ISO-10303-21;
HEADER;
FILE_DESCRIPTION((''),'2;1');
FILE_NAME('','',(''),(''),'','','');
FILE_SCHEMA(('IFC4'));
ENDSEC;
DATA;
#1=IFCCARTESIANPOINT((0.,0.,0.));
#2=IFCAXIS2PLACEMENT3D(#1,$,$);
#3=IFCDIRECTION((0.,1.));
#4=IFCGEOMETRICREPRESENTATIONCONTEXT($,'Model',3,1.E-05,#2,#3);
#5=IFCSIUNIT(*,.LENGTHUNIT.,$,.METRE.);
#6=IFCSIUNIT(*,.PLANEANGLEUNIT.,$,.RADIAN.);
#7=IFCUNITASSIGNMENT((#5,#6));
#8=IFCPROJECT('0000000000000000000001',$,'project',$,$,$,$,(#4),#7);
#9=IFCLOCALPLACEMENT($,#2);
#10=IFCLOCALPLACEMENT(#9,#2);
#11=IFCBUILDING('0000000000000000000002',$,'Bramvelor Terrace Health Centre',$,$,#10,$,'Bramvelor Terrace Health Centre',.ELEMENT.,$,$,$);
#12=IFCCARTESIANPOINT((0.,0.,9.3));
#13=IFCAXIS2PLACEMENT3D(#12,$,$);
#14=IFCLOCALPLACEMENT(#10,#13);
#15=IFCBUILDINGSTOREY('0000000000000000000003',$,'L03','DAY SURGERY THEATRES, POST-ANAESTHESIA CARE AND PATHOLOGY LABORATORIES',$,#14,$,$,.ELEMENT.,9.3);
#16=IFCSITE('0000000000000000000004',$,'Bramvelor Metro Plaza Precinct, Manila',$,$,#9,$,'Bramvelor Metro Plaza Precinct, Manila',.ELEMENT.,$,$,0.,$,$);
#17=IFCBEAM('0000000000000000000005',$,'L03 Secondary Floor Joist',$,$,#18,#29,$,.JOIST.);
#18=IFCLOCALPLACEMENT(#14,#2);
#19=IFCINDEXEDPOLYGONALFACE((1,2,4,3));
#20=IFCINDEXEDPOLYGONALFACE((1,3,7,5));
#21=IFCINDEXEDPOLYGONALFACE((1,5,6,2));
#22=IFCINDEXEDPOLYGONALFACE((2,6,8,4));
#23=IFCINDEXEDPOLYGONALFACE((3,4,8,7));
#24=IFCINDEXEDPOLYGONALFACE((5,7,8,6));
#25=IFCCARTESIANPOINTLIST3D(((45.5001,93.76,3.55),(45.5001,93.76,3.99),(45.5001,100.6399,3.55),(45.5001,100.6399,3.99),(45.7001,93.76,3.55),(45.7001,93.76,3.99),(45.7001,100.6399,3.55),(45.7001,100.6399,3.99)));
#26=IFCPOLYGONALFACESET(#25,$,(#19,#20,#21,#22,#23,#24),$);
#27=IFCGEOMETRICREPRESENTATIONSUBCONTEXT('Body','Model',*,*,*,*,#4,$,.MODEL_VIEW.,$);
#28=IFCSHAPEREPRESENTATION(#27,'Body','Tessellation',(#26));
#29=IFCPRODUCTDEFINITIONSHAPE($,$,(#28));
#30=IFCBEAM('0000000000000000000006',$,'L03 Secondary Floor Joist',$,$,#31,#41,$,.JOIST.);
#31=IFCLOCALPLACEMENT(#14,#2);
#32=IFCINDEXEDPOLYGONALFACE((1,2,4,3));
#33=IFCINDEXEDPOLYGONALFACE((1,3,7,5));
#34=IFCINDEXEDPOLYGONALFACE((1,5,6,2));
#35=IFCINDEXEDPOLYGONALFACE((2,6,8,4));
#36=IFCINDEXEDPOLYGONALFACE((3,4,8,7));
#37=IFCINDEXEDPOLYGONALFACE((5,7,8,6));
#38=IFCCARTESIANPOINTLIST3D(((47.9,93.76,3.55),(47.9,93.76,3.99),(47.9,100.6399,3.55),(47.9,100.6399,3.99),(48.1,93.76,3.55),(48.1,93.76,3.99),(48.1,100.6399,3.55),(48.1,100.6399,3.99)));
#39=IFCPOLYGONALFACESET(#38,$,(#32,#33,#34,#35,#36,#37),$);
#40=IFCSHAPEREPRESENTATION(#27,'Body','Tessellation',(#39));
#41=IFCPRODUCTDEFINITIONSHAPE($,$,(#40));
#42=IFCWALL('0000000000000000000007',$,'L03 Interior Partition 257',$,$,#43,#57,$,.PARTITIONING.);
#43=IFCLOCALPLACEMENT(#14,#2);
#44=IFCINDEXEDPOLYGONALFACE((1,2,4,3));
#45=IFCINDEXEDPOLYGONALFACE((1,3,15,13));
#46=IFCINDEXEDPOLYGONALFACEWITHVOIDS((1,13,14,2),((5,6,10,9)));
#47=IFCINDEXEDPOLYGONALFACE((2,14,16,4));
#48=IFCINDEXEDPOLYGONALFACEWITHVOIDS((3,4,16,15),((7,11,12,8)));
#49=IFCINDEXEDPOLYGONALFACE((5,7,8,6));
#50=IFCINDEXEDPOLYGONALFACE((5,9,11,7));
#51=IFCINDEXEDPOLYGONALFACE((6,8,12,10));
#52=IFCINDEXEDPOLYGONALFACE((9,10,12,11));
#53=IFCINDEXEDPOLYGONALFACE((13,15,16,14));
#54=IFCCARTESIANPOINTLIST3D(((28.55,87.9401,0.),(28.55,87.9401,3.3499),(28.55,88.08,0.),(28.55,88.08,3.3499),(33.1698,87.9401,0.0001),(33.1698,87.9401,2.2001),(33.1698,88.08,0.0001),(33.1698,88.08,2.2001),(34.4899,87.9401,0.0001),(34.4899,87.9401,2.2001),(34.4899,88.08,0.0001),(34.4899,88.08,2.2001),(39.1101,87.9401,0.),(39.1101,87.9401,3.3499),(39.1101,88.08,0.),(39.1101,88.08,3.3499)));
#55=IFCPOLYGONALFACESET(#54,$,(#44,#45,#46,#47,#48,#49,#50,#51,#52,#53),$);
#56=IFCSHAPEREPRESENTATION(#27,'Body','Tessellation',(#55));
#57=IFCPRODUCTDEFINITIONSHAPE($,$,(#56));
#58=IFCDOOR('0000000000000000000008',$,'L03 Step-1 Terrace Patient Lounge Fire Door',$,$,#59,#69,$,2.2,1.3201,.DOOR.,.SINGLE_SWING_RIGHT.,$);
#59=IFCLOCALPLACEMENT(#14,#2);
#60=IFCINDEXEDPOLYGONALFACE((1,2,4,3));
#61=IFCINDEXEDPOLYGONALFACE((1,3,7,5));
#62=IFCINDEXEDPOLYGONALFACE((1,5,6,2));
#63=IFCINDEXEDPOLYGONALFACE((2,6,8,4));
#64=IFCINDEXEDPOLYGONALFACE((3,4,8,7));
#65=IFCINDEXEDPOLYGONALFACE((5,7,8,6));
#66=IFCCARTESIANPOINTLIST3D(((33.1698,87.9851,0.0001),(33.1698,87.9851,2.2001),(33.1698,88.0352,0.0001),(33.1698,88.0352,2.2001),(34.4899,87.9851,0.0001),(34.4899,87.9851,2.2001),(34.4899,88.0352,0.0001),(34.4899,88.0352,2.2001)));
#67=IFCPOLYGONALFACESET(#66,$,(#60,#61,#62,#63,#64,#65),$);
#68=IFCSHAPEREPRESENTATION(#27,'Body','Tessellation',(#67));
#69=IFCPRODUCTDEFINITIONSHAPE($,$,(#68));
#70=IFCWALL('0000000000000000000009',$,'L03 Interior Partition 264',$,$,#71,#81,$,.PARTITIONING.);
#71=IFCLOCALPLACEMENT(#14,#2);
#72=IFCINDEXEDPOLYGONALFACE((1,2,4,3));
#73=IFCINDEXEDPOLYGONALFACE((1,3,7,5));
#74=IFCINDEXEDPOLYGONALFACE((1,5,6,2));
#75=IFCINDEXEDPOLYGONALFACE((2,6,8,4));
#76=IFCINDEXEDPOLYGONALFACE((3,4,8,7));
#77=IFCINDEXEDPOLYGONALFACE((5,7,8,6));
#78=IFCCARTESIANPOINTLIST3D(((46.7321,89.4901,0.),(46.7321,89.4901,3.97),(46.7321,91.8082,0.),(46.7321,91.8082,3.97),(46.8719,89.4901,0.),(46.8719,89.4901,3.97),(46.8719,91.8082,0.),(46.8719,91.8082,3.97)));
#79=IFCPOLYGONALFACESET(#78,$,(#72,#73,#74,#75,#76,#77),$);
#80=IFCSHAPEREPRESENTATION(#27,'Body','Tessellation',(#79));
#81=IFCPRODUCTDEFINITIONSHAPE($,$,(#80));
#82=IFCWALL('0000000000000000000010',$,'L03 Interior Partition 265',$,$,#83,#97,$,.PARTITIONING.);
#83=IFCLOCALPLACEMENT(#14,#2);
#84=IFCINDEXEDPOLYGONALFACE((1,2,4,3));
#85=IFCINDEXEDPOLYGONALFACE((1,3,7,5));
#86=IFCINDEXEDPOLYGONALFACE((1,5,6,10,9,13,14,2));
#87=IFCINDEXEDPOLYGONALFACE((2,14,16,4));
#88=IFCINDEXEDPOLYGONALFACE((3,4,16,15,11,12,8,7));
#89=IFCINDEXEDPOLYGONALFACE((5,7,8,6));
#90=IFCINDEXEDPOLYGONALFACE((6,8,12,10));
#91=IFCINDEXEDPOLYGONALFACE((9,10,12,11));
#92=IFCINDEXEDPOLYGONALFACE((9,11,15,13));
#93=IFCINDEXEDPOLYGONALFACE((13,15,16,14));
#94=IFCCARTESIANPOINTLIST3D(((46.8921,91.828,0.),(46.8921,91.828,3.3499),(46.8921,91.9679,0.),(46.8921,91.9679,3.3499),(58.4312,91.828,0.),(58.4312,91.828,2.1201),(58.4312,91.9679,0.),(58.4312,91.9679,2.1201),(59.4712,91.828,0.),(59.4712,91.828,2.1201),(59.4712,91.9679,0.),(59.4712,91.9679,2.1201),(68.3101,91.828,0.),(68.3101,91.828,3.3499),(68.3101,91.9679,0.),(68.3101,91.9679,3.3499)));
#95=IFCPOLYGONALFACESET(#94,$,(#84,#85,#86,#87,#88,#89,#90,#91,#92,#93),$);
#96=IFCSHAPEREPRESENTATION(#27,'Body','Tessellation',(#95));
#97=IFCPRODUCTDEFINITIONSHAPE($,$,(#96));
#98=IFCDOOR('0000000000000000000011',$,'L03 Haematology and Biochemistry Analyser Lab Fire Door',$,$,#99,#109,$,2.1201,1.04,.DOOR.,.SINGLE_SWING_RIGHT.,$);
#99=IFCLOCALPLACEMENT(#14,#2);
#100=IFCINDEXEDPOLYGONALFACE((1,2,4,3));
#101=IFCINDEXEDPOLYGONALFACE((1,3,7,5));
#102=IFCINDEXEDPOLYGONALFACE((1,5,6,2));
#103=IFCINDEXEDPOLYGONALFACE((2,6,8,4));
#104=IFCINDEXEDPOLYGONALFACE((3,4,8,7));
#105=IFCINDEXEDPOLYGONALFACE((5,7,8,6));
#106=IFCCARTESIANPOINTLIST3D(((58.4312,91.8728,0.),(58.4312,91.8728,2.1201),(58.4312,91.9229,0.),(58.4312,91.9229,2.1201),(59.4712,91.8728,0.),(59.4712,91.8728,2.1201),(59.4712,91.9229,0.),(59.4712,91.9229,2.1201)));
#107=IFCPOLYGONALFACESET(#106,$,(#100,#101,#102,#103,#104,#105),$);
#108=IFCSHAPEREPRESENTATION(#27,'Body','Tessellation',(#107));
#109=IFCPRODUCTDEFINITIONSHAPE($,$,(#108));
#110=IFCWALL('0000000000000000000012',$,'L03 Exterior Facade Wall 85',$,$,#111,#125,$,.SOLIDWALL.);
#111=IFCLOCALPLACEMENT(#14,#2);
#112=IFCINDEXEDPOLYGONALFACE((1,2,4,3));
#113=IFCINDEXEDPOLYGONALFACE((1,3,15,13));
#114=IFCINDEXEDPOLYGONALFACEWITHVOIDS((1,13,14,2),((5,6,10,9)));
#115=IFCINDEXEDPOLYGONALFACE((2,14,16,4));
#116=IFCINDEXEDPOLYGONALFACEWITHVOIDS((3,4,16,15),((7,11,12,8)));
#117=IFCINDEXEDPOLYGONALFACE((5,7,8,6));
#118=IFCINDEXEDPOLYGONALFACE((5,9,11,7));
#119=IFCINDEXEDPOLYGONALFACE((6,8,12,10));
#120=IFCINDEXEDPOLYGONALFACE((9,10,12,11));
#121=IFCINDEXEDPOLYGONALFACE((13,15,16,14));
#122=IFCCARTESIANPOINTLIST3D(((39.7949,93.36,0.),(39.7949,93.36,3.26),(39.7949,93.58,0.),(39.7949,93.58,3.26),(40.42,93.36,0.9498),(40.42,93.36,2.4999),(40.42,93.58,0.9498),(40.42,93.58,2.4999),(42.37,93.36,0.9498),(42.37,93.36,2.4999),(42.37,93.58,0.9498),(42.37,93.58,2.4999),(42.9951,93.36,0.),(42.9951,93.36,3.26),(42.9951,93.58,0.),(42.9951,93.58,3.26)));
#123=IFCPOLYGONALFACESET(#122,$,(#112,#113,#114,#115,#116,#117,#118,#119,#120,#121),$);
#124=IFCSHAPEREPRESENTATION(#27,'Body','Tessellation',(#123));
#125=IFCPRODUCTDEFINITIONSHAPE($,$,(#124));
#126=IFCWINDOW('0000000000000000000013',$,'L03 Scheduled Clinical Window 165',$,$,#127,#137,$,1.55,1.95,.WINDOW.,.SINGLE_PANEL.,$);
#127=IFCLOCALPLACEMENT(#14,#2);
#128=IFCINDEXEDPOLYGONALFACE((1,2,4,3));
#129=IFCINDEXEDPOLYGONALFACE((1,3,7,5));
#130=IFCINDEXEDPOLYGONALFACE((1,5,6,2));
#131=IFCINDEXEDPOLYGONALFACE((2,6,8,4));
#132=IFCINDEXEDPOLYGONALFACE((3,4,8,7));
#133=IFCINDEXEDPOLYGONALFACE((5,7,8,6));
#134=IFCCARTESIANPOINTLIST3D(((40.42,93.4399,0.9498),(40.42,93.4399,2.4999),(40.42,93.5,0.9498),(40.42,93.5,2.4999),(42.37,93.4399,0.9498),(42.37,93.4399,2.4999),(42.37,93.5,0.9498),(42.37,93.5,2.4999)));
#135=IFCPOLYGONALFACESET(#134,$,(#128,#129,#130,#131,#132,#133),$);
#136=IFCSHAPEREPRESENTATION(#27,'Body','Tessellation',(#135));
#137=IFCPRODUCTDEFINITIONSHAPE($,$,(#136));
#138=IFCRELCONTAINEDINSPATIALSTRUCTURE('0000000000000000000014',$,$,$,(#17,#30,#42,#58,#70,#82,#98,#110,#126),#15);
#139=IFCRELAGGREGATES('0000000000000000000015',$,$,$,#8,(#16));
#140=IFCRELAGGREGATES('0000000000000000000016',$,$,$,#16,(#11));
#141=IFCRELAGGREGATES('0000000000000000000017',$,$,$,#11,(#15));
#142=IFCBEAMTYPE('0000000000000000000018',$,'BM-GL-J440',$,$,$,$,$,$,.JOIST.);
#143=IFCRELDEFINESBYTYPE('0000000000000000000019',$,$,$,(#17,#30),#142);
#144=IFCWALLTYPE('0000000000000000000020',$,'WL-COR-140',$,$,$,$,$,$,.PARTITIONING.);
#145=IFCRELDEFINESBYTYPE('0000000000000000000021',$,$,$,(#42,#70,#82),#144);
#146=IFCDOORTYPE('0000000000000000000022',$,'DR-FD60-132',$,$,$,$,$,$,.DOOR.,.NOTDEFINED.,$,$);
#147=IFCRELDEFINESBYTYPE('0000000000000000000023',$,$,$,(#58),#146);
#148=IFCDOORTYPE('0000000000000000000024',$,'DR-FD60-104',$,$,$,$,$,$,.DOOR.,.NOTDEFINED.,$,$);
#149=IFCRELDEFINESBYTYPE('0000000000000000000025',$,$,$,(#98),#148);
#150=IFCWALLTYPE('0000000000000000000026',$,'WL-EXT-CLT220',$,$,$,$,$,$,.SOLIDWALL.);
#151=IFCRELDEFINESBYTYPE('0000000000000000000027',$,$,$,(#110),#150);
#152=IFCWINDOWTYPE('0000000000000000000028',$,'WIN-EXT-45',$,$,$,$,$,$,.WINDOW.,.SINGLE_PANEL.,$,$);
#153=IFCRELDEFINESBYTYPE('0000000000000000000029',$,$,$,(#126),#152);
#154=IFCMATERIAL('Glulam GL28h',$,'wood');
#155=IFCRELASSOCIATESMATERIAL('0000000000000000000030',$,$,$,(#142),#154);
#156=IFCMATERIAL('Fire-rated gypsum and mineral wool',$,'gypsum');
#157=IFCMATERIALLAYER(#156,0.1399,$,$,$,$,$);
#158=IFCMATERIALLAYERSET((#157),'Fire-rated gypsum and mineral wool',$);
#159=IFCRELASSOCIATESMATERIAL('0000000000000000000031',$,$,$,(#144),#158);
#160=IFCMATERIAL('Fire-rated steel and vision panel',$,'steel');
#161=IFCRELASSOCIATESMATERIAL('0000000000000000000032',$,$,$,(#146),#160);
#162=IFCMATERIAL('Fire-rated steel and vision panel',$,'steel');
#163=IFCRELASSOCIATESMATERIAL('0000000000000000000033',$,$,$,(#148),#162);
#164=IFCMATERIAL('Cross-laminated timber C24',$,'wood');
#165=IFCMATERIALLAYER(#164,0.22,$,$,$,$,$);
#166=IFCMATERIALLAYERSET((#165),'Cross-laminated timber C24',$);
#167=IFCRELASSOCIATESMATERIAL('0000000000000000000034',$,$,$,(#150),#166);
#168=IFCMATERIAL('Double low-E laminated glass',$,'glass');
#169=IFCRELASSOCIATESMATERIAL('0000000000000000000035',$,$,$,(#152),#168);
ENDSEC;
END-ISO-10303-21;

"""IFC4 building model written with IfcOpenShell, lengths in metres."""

from ifc_helpers import new_model, si_unit, direction, frame, frame_2d, origin, origin_2d, place, context, subcontext, project, spatial, rectangle, extrude, material, layer, layer_set, material_profile, profile_set, type_object, element, fill, save


model = new_model("IFC4")

# Units and contexts
model_context = context("Model", 3, precision=1e-05, world=origin(), true_north=direction((0.0, 1.0)))
body_context = subcontext(model_context, "Body", "Model", "MODEL_VIEW")
ifc_project = project(units=[si_unit("LENGTHUNIT", "METRE"), si_unit("PLANEANGLEUNIT", "RADIAN")], contexts=[model_context])

# Site, building, storey
site_placement = place(None, origin())
site = spatial("IfcSite", under=ifc_project, at=site_placement, Name="Bramvelor Metro Plaza Precinct, Manila", LongName="Bramvelor Metro Plaza Precinct, Manila", CompositionType="ELEMENT", RefElevation=0.0)
building_placement = place(site_placement, origin())
building = spatial("IfcBuilding", under=site, at=building_placement, Name="Bramvelor Terrace Health Centre", LongName="Bramvelor Terrace Health Centre", CompositionType="ELEMENT")
storey_placement = place(building_placement, frame((0.0, 0.0, 9.3)))
storey = spatial("IfcBuildingStorey", under=building, at=storey_placement, Name="L03", Description="DAY SURGERY THEATRES, POST-ANAESTHESIA CARE AND PATHOLOGY LABORATORIES", CompositionType="ELEMENT", Elevation=9.3)

# Beams
ifc_material_1 = material(Name="Glulam GL28h", Category="wood")
ifc_material_profile_1 = material_profile(ifc_material_1, rectangle(XDim=0.2, YDim=0.4399, at=origin_2d()), Name="GL 200x440")
ifc_profile_set_1 = profile_set([ifc_material_profile_1], Name="Glulam GL28h")
beam_type_1 = type_object("IfcBeamType", Name="BM-GL-J440", PredefinedType="JOIST", material=ifc_profile_set_1)
for number, where, z_axis, x_axis, name in (
    (1, (45.6001, 93.76, 3.77), (0.0, 1.0, 0.0), (-1.0, 0.0, 0.0), "L03 Secondary Floor Joist"),
    (2, (48.0, 93.76, 3.77), (0.0, 1.0, 0.0), (-1.0, 0.0, 0.0), "L03 Secondary Floor Joist"),
):
    element("IfcBeam", number, at=place(storey_placement, frame(where, z_axis=z_axis, x_axis=x_axis)), inside=storey, type_object=beam_type_1, Name=name, PredefinedType="JOIST", context=body_context, shape_type="SweptSolid", body=[
        extrude(rectangle(XDim=0.2, YDim=0.4399, at=origin_2d()), origin(), (0.0, 0.0, 1.0), 6.8799),
    ])

# Wall, opening, door
ifc_material_2 = material(Name="Fire-rated gypsum and mineral wool", Category="gypsum")
ifc_layer_1 = layer(ifc_material_2, 0.1399)
ifc_layer_set_1 = layer_set([ifc_layer_1], Name="Fire-rated gypsum and mineral wool")
wall_type_1 = type_object("IfcWallType", Name="WL-COR-140", PredefinedType="PARTITIONING", material=ifc_layer_set_1)
wall_1_placement = place(storey_placement, frame((39.1101, 88.01, 0.0), z_axis=(0.0, 0.0, 1.0), x_axis=(-1.0, 0.0, 0.0)))
wall_1 = element("IfcWall", 3, at=wall_1_placement, inside=storey, type_object=wall_type_1, Name="L03 Interior Partition 257", PredefinedType="PARTITIONING", context=body_context, shape_type="SweptSolid", body=[
    extrude(rectangle(XDim=10.5601, YDim=0.1399, at=frame_2d((5.28, 0.0))), origin(), (0.0, 0.0, 1.0), 3.3499),
])
opening_1_placement = place(wall_1_placement, frame((4.6201, 0.0, 0.0)))
opening_1 = element("IfcOpeningElement", 4, at=opening_1_placement, cuts=wall_1, PredefinedType="OPENING", context=body_context, shape_type="SweptSolid", body=[
    extrude(rectangle(XDim=1.3201, YDim=2.2, at=frame_2d((0.6602, 1.1001))), frame((0.0, 0.0798, 0.0), z_axis=(0.0, -1.0, 0.0), x_axis=(1.0, 0.0, 0.0)), (0.0, 0.0, 1.0), 0.1599),
])
ifc_material_3 = material(Name="Fire-rated steel and vision panel", Category="steel")
door_type_1 = type_object("IfcDoorType", Name="DR-FD60-132", OperationType="NOTDEFINED", PredefinedType="DOOR", material=ifc_material_3)
door_1_placement = place(opening_1_placement, origin())
door_1 = element("IfcDoor", 5, at=door_1_placement, inside=storey, type_object=door_type_1, Name="L03 Step-1 Terrace Patient Lounge Fire Door", OperationType="SINGLE_SWING_RIGHT", OverallHeight=2.2, OverallWidth=1.3201, PredefinedType="DOOR", context=body_context, shape_type="SweptSolid", body=[
    extrude(rectangle(XDim=1.3201, YDim=2.2, at=frame_2d((0.6602, 1.1001))), frame((0.0, 0.0249, 0.0), z_axis=(0.0, -1.0, 0.0), x_axis=(1.0, 0.0, 0.0)), (0.0, 0.0, 1.0), 0.05),
])
fill(opening_1, door_1)

# Wall
wall_2_placement = place(storey_placement, frame((46.802, 89.49, 0.0), z_axis=(0.0, 0.0, 1.0), x_axis=(0.0, 1.0, 0.0)))
element("IfcWall", 6, at=wall_2_placement, inside=storey, type_object=wall_type_1, Name="L03 Interior Partition 264", PredefinedType="PARTITIONING", context=body_context, shape_type="SweptSolid", body=[
    extrude(rectangle(XDim=2.3181, YDim=0.1399, at=frame_2d((1.1592, 0.0))), origin(), (0.0, 0.0, 1.0), 3.97),
])

# Wall, opening, door
wall_3_placement = place(storey_placement, frame((46.8921, 91.8979, 0.0), z_axis=(0.0, 0.0, 1.0), x_axis=(1.0, 0.0, 0.0)))
wall_3 = element("IfcWall", 7, at=wall_3_placement, inside=storey, type_object=wall_type_1, Name="L03 Interior Partition 265", PredefinedType="PARTITIONING", context=body_context, shape_type="SweptSolid", body=[
    extrude(rectangle(XDim=21.418, YDim=0.1399, at=frame_2d((10.709, 0.0))), origin(), (0.0, 0.0, 1.0), 3.3499),
])
opening_2_placement = place(wall_3_placement, frame((11.5391, 0.0, 0.0)))
opening_2 = element("IfcOpeningElement", 8, at=opening_2_placement, cuts=wall_3, PredefinedType="OPENING", context=body_context, shape_type="SweptSolid", body=[
    extrude(rectangle(XDim=1.04, YDim=2.1201, at=frame_2d((0.52, 1.0601))), frame((0.0, 0.0798, 0.0), z_axis=(0.0, -1.0, 0.0), x_axis=(1.0, 0.0, 0.0)), (0.0, 0.0, 1.0), 0.1599),
])
ifc_material_4 = material(Name="Fire-rated steel and vision panel", Category="steel")
door_type_2 = type_object("IfcDoorType", Name="DR-FD60-104", OperationType="NOTDEFINED", PredefinedType="DOOR", material=ifc_material_4)
door_2_placement = place(opening_2_placement, origin())
door_2 = element("IfcDoor", 9, at=door_2_placement, inside=storey, type_object=door_type_2, Name="L03 Haematology and Biochemistry Analyser Lab Fire Door", OperationType="SINGLE_SWING_RIGHT", OverallHeight=2.1201, OverallWidth=1.04, PredefinedType="DOOR", context=body_context, shape_type="SweptSolid", body=[
    extrude(rectangle(XDim=1.04, YDim=2.1201, at=frame_2d((0.52, 1.0601))), frame((0.0, 0.0249, 0.0), z_axis=(0.0, -1.0, 0.0), x_axis=(1.0, 0.0, 0.0)), (0.0, 0.0, 1.0), 0.05),
])
fill(opening_2, door_2)

# Wall, opening, window
ifc_material_5 = material(Name="Cross-laminated timber C24", Category="wood")
ifc_layer_2 = layer(ifc_material_5, 0.22)
ifc_layer_set_2 = layer_set([ifc_layer_2], Name="Cross-laminated timber C24")
wall_type_2 = type_object("IfcWallType", Name="WL-EXT-CLT220", PredefinedType="SOLIDWALL", material=ifc_layer_set_2)
wall_4_placement = place(storey_placement, frame((39.7949, 93.47, 0.0), z_axis=(0.0, 0.0, 1.0), x_axis=(1.0, 0.0, 0.0)))
wall_4 = element("IfcWall", 10, at=wall_4_placement, inside=storey, type_object=wall_type_2, Name="L03 Exterior Facade Wall 85", PredefinedType="SOLIDWALL", context=body_context, shape_type="SweptSolid", body=[
    extrude(rectangle(XDim=3.2002, YDim=0.22, at=frame_2d((1.6001, 0.0))), origin(), (0.0, 0.0, 1.0), 3.26),
])
opening_3_placement = place(wall_4_placement, frame((0.625, 0.0, 0.95)))
opening_3 = element("IfcOpeningElement", 11, at=opening_3_placement, cuts=wall_4, PredefinedType="OPENING", context=body_context, shape_type="SweptSolid", body=[
    extrude(rectangle(XDim=1.95, YDim=1.55, at=frame_2d((0.9751, 0.7749))), frame((0.0, 0.1199, 0.0), z_axis=(0.0, -1.0, 0.0), x_axis=(1.0, 0.0, 0.0)), (0.0, 0.0, 1.0), 0.24),
])
ifc_material_6 = material(Name="Double low-E laminated glass", Category="glass")
window_type = type_object("IfcWindowType", Name="WIN-EXT-45", PartitioningType="SINGLE_PANEL", PredefinedType="WINDOW", material=ifc_material_6)
window_placement = place(opening_3_placement, origin())
window = element("IfcWindow", 12, at=window_placement, inside=storey, type_object=window_type, Name="L03 Scheduled Clinical Window 165", OverallHeight=1.55, OverallWidth=1.95, PartitioningType="SINGLE_PANEL", PredefinedType="WINDOW", context=body_context, shape_type="SweptSolid", body=[
    extrude(rectangle(XDim=1.95, YDim=1.55, at=frame_2d((0.9751, 0.7749))), frame((0.0, 0.03, 0.0), z_axis=(0.0, -1.0, 0.0), x_axis=(1.0, 0.0, 0.0)), (0.0, 0.0, 1.0), 0.0601),
])
fill(opening_3, window)

save(model, "model.ifc")
